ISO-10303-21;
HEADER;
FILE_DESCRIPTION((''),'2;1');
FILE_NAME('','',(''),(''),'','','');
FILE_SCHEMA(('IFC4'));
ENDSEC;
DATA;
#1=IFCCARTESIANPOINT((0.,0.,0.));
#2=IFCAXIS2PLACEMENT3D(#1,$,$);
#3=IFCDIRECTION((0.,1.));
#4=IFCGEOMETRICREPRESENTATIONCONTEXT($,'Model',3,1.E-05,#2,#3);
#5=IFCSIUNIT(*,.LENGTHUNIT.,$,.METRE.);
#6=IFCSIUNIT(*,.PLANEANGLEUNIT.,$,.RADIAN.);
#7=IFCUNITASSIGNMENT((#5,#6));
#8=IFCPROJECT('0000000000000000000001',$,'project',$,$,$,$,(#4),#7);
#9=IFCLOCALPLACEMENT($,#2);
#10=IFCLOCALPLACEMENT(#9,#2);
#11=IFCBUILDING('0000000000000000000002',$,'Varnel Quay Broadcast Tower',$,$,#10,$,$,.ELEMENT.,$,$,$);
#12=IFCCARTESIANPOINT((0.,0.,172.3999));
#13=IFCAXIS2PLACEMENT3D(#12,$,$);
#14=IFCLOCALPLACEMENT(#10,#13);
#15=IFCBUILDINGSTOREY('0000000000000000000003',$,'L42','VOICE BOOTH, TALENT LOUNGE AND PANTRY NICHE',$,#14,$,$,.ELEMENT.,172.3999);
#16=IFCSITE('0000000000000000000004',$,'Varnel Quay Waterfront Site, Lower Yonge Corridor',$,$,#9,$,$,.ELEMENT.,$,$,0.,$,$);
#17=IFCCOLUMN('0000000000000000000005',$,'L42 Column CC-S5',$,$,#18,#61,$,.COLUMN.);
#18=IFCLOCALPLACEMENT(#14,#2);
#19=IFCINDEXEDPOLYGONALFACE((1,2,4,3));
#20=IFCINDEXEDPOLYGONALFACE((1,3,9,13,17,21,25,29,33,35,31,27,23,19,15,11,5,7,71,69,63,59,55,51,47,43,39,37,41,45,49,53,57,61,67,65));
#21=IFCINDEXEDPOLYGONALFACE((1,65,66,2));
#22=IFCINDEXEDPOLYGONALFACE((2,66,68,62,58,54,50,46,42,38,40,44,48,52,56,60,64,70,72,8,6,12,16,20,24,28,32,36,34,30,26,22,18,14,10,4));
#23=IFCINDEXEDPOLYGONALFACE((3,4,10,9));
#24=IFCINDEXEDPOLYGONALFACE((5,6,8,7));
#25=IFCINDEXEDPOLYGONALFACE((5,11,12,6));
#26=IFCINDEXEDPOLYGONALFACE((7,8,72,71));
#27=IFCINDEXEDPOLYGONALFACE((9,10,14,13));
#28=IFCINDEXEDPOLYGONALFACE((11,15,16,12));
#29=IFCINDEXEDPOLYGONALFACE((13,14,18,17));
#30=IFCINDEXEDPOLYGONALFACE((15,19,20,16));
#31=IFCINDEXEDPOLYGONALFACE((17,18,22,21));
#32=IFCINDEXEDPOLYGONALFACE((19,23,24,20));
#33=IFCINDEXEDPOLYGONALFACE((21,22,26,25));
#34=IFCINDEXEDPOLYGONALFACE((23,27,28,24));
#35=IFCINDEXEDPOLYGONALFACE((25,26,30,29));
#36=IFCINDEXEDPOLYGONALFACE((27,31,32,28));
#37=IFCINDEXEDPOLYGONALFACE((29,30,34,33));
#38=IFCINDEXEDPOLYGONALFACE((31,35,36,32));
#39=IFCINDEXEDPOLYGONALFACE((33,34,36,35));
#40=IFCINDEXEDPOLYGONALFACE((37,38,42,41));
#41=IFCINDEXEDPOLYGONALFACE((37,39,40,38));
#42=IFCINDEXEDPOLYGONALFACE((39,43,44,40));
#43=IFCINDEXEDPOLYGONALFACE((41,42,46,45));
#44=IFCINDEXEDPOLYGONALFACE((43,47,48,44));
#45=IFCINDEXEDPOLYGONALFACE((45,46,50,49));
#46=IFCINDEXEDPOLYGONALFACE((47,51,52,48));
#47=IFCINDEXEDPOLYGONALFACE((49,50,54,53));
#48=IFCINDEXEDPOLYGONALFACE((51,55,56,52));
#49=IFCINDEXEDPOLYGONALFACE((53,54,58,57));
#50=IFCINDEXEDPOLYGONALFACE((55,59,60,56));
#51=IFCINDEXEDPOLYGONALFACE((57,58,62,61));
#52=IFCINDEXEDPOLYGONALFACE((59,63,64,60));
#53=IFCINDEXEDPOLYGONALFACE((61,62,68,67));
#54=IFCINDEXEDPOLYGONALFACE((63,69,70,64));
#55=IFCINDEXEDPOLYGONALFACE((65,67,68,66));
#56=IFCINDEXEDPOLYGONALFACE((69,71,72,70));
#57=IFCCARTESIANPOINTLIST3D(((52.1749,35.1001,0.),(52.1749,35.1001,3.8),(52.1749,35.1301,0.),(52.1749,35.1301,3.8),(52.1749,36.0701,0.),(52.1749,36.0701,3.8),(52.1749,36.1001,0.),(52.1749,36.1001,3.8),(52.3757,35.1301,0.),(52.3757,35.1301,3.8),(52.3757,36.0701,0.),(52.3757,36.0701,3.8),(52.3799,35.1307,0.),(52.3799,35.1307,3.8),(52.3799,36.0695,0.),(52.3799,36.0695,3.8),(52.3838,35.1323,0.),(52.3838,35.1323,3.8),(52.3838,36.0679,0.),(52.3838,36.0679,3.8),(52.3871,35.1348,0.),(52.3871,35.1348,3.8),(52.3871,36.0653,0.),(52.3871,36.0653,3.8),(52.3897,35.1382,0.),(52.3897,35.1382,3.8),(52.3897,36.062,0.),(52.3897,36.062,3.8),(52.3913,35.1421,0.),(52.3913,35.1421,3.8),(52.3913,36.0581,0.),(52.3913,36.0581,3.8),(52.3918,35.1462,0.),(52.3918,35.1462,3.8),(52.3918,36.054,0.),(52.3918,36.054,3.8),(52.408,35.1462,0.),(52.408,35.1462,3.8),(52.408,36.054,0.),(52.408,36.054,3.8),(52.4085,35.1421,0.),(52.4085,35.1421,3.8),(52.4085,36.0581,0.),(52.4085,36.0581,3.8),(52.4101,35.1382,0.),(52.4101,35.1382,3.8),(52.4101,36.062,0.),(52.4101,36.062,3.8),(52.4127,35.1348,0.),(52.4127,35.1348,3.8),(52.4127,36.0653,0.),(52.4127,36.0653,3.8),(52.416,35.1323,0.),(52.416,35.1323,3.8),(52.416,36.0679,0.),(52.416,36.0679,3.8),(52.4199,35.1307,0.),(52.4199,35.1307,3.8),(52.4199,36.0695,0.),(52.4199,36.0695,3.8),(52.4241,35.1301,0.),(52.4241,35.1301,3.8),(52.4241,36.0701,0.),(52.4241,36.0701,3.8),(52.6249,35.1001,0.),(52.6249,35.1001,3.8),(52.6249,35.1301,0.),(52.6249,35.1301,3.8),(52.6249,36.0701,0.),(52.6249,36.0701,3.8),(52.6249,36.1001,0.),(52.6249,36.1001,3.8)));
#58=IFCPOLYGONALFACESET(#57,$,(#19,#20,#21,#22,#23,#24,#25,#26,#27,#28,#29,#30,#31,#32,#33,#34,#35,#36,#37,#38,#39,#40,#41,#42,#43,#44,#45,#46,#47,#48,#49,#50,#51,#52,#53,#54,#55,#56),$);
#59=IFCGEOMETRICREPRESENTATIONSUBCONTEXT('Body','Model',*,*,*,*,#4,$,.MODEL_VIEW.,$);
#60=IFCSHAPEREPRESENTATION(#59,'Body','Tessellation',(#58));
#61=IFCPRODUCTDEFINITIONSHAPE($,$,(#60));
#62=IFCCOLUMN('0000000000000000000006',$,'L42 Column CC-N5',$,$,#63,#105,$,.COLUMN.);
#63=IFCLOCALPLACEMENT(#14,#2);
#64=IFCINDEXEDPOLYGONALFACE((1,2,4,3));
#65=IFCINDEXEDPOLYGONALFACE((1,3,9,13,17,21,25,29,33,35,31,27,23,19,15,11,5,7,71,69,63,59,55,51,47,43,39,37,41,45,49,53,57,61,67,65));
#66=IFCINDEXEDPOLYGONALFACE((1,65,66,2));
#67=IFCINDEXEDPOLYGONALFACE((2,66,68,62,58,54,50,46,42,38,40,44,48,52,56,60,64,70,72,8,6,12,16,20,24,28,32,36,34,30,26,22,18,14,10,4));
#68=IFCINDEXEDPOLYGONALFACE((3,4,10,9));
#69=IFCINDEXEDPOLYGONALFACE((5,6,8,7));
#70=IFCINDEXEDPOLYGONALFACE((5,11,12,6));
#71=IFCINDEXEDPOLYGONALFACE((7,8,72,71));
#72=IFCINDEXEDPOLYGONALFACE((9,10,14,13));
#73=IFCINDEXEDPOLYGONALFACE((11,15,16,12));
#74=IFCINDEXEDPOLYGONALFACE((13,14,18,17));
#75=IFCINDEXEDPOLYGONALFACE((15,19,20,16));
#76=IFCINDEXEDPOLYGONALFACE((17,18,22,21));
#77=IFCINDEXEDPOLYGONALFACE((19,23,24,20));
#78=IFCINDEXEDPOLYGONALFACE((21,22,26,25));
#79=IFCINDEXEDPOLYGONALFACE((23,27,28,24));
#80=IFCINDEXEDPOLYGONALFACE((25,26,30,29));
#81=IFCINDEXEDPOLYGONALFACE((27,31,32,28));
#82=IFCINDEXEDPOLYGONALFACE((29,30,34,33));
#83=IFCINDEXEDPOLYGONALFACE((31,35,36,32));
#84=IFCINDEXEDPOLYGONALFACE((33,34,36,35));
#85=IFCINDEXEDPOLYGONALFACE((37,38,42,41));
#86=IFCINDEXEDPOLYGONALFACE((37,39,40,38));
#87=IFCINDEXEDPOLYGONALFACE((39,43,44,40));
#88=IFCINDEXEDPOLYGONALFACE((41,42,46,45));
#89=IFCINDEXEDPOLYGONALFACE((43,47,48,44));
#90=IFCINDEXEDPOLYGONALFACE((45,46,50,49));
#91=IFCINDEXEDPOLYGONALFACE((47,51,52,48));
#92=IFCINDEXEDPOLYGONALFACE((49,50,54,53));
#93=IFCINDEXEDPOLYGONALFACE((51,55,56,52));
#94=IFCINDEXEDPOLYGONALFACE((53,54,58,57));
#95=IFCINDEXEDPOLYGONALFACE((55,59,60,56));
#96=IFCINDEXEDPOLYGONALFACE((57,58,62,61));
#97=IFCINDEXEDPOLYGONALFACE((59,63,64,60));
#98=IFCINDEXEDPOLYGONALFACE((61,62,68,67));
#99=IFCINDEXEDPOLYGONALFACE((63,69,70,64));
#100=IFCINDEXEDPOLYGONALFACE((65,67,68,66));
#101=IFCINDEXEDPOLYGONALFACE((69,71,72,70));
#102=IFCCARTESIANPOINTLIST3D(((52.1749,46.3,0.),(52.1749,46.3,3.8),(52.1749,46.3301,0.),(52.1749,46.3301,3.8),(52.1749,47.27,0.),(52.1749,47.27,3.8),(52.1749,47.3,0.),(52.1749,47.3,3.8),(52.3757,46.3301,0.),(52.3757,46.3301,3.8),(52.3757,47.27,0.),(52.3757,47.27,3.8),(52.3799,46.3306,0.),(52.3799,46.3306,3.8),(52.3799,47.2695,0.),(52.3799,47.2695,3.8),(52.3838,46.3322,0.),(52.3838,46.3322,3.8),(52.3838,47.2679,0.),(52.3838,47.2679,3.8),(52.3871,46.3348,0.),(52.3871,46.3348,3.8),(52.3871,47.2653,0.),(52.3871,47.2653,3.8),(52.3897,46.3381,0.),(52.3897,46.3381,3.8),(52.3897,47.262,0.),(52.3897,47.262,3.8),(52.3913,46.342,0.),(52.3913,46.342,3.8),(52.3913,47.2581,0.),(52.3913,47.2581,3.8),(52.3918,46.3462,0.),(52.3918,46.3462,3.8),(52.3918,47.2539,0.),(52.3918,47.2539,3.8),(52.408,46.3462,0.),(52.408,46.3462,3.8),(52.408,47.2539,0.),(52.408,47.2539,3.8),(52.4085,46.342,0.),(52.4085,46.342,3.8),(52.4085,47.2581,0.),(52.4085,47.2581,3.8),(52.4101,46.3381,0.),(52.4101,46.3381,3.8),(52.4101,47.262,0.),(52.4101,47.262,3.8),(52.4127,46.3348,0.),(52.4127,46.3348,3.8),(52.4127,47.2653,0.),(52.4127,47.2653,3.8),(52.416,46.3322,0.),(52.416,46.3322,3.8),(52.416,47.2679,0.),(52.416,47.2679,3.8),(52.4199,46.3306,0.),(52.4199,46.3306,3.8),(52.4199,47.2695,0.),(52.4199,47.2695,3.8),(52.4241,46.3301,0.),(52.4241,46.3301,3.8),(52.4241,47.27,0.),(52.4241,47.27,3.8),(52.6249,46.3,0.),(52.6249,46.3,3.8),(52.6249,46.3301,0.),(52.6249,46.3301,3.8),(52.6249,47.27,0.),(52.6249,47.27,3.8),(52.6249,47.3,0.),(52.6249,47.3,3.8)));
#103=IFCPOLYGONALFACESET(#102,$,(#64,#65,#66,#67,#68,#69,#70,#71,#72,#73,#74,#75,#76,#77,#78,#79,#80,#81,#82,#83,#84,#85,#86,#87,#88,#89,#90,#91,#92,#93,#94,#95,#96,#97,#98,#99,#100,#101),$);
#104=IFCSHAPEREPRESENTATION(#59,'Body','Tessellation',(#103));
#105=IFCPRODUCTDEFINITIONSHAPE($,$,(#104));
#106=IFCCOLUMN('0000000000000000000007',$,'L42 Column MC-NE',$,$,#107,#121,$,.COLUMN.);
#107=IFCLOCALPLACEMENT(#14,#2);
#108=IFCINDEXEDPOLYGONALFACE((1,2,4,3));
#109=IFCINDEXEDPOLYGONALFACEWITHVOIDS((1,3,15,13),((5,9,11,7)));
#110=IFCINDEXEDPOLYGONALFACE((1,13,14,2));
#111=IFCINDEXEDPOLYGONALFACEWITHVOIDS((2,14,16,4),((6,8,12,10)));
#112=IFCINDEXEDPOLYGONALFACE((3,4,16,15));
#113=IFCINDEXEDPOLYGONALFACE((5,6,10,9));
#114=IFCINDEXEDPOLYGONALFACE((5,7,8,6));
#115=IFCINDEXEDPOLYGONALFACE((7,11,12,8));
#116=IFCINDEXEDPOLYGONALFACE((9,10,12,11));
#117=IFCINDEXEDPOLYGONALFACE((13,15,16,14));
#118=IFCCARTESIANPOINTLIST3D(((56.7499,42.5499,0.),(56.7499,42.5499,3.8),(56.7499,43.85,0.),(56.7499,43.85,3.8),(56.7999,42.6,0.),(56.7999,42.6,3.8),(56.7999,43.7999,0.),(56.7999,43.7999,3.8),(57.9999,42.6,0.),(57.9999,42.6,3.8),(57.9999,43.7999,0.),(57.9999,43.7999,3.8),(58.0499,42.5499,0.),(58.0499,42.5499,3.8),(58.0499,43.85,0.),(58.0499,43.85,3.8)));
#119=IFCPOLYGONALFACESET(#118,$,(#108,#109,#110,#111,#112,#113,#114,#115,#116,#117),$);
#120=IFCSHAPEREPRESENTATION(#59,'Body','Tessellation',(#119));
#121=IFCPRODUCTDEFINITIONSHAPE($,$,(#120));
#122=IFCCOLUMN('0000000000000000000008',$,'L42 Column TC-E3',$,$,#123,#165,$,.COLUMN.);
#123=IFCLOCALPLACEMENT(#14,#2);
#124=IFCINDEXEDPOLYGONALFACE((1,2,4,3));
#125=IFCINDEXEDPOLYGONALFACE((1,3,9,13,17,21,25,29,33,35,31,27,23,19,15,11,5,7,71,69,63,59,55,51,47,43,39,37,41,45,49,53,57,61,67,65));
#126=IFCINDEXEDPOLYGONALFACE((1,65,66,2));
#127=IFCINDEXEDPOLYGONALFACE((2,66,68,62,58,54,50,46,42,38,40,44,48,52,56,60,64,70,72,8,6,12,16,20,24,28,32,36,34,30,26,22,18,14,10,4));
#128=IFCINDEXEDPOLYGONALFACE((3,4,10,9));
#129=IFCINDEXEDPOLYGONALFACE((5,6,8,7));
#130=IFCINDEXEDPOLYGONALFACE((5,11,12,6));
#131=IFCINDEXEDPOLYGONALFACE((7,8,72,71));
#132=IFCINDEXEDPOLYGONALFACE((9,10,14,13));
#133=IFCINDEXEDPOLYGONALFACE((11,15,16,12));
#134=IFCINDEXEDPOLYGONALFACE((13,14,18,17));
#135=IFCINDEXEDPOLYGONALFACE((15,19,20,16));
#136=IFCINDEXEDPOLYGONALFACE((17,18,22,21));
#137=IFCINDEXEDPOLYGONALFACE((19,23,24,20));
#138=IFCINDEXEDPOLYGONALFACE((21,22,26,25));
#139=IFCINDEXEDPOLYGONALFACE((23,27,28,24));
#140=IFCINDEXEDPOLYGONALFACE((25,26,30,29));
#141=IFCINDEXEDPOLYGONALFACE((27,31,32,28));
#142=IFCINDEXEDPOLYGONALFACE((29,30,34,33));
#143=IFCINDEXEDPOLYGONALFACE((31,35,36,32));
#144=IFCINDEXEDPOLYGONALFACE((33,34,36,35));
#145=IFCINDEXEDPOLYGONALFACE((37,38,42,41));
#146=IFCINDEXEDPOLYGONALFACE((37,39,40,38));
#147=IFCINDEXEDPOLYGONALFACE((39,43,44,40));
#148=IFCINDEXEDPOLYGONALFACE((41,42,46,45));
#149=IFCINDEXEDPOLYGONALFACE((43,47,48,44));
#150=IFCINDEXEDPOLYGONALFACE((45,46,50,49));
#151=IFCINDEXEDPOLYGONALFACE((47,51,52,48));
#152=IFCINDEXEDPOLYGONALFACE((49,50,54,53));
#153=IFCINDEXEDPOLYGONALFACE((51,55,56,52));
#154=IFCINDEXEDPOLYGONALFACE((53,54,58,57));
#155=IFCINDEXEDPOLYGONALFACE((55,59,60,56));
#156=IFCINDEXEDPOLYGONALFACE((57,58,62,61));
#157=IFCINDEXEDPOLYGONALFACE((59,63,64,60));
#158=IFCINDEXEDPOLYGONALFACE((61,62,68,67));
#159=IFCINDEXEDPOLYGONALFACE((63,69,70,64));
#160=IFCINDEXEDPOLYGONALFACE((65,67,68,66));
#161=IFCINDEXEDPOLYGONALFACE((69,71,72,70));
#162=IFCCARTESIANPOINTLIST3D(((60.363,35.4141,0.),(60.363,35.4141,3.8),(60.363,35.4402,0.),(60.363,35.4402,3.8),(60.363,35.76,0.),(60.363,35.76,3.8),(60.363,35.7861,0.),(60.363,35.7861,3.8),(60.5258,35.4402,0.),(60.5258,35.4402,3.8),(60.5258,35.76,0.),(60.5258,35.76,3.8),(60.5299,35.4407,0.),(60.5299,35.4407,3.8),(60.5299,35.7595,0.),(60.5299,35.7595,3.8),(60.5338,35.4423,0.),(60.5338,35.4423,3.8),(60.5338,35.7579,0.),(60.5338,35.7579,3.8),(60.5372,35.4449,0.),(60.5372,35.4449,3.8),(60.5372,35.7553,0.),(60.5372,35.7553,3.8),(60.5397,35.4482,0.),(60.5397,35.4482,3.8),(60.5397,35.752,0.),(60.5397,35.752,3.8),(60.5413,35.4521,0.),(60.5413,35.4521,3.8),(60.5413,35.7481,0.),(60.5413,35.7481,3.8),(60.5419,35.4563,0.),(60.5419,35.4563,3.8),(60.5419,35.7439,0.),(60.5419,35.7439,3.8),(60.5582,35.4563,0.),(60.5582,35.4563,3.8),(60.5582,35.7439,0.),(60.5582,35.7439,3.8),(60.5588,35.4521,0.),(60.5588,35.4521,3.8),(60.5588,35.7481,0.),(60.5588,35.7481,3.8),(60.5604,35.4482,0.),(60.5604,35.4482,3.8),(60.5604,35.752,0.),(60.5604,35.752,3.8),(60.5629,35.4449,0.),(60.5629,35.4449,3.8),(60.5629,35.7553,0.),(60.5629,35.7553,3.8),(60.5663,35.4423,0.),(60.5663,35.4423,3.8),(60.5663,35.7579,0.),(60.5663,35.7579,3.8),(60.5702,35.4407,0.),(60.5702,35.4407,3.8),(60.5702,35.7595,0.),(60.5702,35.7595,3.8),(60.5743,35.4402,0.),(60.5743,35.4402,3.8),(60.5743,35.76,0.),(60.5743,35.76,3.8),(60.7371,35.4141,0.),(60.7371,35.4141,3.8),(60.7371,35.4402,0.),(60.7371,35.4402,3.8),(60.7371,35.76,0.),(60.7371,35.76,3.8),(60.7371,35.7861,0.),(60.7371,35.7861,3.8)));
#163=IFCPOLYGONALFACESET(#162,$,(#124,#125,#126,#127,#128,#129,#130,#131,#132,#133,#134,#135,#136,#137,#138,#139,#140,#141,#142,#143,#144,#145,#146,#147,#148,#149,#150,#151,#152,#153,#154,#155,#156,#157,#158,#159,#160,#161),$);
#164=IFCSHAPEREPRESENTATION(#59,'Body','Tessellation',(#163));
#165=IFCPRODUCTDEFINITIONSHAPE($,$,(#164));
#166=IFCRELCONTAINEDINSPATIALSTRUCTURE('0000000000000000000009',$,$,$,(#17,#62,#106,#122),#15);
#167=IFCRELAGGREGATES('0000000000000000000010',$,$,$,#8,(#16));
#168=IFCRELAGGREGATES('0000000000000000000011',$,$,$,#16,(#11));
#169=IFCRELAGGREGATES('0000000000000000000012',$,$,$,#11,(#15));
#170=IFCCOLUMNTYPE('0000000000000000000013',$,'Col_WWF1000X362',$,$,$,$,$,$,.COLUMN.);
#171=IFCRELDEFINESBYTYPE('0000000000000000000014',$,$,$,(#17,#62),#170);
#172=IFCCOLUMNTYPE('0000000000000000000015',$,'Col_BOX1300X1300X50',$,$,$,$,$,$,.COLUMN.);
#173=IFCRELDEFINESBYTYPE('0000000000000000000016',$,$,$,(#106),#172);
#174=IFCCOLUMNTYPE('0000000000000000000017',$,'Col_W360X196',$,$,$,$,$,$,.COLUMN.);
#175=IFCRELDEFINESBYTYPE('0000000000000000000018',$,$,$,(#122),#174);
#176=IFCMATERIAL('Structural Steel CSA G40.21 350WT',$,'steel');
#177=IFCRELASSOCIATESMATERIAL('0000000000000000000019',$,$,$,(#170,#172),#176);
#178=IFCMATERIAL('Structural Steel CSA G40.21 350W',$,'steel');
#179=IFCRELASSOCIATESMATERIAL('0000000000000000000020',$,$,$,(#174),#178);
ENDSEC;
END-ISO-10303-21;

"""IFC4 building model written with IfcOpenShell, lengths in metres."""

from ifc_helpers import new_model, si_unit, direction, frame, origin, origin_2d, place, context, subcontext, project, spatial, hollow_rectangle, i_section, extrude, source, transform, mapped, material, material_profile, profile_set, type_object, type_shapes, element, save


model = new_model("IFC4")

# Units and contexts
model_context = context("Model", 3, precision=1e-05, world=origin(), true_north=direction((0.0, 1.0)))
body_context = subcontext(model_context, "Body", "Model", "MODEL_VIEW")
ifc_project = project(units=[si_unit("LENGTHUNIT", "METRE"), si_unit("PLANEANGLEUNIT", "RADIAN")], contexts=[model_context])

# Site, building, storey
site_placement = place(None, origin())
site = spatial("IfcSite", under=ifc_project, at=site_placement, Name="Varnel Quay Waterfront Site, Lower Yonge Corridor", CompositionType="ELEMENT", RefElevation=0.0)
building_placement = place(site_placement, origin())
building = spatial("IfcBuilding", under=site, at=building_placement, Name="Varnel Quay Broadcast Tower", CompositionType="ELEMENT")
storey_placement = place(building_placement, frame((0.0, 0.0, 172.3999)))
storey = spatial("IfcBuildingStorey", under=building, at=storey_placement, Name="L42", Description="VOICE BOOTH, TALENT LOUNGE AND PANTRY NICHE", CompositionType="ELEMENT", Elevation=172.3999)

# Columns
ifc_material_1 = material(Name="Structural Steel CSA G40.21 350WT", Category="steel")
ifc_material_profile_1 = material_profile(ifc_material_1, i_section(OverallWidth=0.45, OverallDepth=1.0, WebThickness=0.0161, FlangeThickness=0.03, FilletRadius=0.0161, at=origin_2d()), Name="WWF1000X362")
ifc_profile_set_1 = profile_set([ifc_material_profile_1], Name="Structural Steel CSA G40.21 350WT")
column_type_1 = type_object("IfcColumnType", Name="Col_WWF1000X362", PredefinedType="COLUMN", material=ifc_profile_set_1)
shared_shape_1 = source(origin(), body_context, "Body", "SweptSolid", [
    extrude(i_section(OverallWidth=0.45, OverallDepth=1.0, WebThickness=0.0161, FlangeThickness=0.03, FilletRadius=0.0161, at=origin_2d()), origin(), (0.0, 0.0, 1.0), 3.8),
])
type_shapes(column_type_1, [shared_shape_1])
for number, where, z_axis, x_axis, name in (
    (1, (52.3999, 35.6001, 0.0), (0.0, 0.0, 1.0), (1.0, 0.0, 0.0), "L42 Column CC-S5"),
    (2, (52.3999, 46.8, 0.0), (0.0, 0.0, 1.0), (1.0, 0.0, 0.0), "L42 Column CC-N5"),
):
    element("IfcColumn", number, at=place(storey_placement, frame(where, z_axis=z_axis, x_axis=x_axis)), inside=storey, type_object=column_type_1, Name=name, PredefinedType="COLUMN", context=body_context, shape_type="MappedRepresentation", body=[
        mapped(shared_shape_1, transform((0.0, 0.0, 0.0), x_axis=(1.0, 0.0, 0.0), y_axis=(0.0, 1.0, 0.0), z_axis=(0.0, 0.0, 1.0), scale=1.0)),
    ])
ifc_material_profile_2 = material_profile(ifc_material_1, hollow_rectangle(XDim=1.3, YDim=1.3, WallThickness=0.05, at=origin_2d()), Name="BOX1300X1300X50")
ifc_profile_set_2 = profile_set([ifc_material_profile_2], Name="Structural Steel CSA G40.21 350WT")
column_type_2 = type_object("IfcColumnType", Name="Col_BOX1300X1300X50", PredefinedType="COLUMN", material=ifc_profile_set_2)
shared_shape_2 = source(origin(), body_context, "Body", "SweptSolid", [
    extrude(hollow_rectangle(XDim=1.3, YDim=1.3, WallThickness=0.05, at=origin_2d()), origin(), (0.0, 0.0, 1.0), 3.8),
])
type_shapes(column_type_2, [shared_shape_2])
column_1_placement = place(storey_placement, frame((57.3999, 43.2, 0.0), z_axis=(0.0, 0.0, 1.0), x_axis=(1.0, 0.0, 0.0)))
element("IfcColumn", 3, at=column_1_placement, inside=storey, type_object=column_type_2, Name="L42 Column MC-NE", PredefinedType="COLUMN", context=body_context, shape_type="MappedRepresentation", body=[
    mapped(shared_shape_2, transform((0.0, 0.0, 0.0), x_axis=(1.0, 0.0, 0.0), y_axis=(0.0, 1.0, 0.0), z_axis=(0.0, 0.0, 1.0), scale=1.0)),
])
ifc_material_2 = material(Name="Structural Steel CSA G40.21 350W", Category="steel")
ifc_material_profile_3 = material_profile(ifc_material_2, i_section(OverallWidth=0.374, OverallDepth=0.3721, WebThickness=0.0164, FlangeThickness=0.0261, FilletRadius=0.0161, at=origin_2d()), Name="W360X196")
ifc_profile_set_3 = profile_set([ifc_material_profile_3], Name="Structural Steel CSA G40.21 350W")
column_type_3 = type_object("IfcColumnType", Name="Col_W360X196", PredefinedType="COLUMN", material=ifc_profile_set_3)
shared_shape_3 = source(origin(), body_context, "Body", "SweptSolid", [
    extrude(i_section(OverallWidth=0.374, OverallDepth=0.3721, WebThickness=0.0164, FlangeThickness=0.0261, FilletRadius=0.0161, at=origin_2d()), origin(), (0.0, 0.0, 1.0), 3.8),
])
type_shapes(column_type_3, [shared_shape_3])
column_2_placement = place(storey_placement, frame((60.55, 35.6001, 0.0), z_axis=(0.0, 0.0, 1.0), x_axis=(1.0, 0.0, 0.0)))
element("IfcColumn", 4, at=column_2_placement, inside=storey, type_object=column_type_3, Name="L42 Column TC-E3", PredefinedType="COLUMN", context=body_context, shape_type="MappedRepresentation", body=[
    mapped(shared_shape_3, transform((0.0, 0.0, 0.0), x_axis=(1.0, 0.0, 0.0), y_axis=(0.0, 1.0, 0.0), z_axis=(0.0, 0.0, 1.0), scale=1.0)),
])

save(model, "model.ifc")
